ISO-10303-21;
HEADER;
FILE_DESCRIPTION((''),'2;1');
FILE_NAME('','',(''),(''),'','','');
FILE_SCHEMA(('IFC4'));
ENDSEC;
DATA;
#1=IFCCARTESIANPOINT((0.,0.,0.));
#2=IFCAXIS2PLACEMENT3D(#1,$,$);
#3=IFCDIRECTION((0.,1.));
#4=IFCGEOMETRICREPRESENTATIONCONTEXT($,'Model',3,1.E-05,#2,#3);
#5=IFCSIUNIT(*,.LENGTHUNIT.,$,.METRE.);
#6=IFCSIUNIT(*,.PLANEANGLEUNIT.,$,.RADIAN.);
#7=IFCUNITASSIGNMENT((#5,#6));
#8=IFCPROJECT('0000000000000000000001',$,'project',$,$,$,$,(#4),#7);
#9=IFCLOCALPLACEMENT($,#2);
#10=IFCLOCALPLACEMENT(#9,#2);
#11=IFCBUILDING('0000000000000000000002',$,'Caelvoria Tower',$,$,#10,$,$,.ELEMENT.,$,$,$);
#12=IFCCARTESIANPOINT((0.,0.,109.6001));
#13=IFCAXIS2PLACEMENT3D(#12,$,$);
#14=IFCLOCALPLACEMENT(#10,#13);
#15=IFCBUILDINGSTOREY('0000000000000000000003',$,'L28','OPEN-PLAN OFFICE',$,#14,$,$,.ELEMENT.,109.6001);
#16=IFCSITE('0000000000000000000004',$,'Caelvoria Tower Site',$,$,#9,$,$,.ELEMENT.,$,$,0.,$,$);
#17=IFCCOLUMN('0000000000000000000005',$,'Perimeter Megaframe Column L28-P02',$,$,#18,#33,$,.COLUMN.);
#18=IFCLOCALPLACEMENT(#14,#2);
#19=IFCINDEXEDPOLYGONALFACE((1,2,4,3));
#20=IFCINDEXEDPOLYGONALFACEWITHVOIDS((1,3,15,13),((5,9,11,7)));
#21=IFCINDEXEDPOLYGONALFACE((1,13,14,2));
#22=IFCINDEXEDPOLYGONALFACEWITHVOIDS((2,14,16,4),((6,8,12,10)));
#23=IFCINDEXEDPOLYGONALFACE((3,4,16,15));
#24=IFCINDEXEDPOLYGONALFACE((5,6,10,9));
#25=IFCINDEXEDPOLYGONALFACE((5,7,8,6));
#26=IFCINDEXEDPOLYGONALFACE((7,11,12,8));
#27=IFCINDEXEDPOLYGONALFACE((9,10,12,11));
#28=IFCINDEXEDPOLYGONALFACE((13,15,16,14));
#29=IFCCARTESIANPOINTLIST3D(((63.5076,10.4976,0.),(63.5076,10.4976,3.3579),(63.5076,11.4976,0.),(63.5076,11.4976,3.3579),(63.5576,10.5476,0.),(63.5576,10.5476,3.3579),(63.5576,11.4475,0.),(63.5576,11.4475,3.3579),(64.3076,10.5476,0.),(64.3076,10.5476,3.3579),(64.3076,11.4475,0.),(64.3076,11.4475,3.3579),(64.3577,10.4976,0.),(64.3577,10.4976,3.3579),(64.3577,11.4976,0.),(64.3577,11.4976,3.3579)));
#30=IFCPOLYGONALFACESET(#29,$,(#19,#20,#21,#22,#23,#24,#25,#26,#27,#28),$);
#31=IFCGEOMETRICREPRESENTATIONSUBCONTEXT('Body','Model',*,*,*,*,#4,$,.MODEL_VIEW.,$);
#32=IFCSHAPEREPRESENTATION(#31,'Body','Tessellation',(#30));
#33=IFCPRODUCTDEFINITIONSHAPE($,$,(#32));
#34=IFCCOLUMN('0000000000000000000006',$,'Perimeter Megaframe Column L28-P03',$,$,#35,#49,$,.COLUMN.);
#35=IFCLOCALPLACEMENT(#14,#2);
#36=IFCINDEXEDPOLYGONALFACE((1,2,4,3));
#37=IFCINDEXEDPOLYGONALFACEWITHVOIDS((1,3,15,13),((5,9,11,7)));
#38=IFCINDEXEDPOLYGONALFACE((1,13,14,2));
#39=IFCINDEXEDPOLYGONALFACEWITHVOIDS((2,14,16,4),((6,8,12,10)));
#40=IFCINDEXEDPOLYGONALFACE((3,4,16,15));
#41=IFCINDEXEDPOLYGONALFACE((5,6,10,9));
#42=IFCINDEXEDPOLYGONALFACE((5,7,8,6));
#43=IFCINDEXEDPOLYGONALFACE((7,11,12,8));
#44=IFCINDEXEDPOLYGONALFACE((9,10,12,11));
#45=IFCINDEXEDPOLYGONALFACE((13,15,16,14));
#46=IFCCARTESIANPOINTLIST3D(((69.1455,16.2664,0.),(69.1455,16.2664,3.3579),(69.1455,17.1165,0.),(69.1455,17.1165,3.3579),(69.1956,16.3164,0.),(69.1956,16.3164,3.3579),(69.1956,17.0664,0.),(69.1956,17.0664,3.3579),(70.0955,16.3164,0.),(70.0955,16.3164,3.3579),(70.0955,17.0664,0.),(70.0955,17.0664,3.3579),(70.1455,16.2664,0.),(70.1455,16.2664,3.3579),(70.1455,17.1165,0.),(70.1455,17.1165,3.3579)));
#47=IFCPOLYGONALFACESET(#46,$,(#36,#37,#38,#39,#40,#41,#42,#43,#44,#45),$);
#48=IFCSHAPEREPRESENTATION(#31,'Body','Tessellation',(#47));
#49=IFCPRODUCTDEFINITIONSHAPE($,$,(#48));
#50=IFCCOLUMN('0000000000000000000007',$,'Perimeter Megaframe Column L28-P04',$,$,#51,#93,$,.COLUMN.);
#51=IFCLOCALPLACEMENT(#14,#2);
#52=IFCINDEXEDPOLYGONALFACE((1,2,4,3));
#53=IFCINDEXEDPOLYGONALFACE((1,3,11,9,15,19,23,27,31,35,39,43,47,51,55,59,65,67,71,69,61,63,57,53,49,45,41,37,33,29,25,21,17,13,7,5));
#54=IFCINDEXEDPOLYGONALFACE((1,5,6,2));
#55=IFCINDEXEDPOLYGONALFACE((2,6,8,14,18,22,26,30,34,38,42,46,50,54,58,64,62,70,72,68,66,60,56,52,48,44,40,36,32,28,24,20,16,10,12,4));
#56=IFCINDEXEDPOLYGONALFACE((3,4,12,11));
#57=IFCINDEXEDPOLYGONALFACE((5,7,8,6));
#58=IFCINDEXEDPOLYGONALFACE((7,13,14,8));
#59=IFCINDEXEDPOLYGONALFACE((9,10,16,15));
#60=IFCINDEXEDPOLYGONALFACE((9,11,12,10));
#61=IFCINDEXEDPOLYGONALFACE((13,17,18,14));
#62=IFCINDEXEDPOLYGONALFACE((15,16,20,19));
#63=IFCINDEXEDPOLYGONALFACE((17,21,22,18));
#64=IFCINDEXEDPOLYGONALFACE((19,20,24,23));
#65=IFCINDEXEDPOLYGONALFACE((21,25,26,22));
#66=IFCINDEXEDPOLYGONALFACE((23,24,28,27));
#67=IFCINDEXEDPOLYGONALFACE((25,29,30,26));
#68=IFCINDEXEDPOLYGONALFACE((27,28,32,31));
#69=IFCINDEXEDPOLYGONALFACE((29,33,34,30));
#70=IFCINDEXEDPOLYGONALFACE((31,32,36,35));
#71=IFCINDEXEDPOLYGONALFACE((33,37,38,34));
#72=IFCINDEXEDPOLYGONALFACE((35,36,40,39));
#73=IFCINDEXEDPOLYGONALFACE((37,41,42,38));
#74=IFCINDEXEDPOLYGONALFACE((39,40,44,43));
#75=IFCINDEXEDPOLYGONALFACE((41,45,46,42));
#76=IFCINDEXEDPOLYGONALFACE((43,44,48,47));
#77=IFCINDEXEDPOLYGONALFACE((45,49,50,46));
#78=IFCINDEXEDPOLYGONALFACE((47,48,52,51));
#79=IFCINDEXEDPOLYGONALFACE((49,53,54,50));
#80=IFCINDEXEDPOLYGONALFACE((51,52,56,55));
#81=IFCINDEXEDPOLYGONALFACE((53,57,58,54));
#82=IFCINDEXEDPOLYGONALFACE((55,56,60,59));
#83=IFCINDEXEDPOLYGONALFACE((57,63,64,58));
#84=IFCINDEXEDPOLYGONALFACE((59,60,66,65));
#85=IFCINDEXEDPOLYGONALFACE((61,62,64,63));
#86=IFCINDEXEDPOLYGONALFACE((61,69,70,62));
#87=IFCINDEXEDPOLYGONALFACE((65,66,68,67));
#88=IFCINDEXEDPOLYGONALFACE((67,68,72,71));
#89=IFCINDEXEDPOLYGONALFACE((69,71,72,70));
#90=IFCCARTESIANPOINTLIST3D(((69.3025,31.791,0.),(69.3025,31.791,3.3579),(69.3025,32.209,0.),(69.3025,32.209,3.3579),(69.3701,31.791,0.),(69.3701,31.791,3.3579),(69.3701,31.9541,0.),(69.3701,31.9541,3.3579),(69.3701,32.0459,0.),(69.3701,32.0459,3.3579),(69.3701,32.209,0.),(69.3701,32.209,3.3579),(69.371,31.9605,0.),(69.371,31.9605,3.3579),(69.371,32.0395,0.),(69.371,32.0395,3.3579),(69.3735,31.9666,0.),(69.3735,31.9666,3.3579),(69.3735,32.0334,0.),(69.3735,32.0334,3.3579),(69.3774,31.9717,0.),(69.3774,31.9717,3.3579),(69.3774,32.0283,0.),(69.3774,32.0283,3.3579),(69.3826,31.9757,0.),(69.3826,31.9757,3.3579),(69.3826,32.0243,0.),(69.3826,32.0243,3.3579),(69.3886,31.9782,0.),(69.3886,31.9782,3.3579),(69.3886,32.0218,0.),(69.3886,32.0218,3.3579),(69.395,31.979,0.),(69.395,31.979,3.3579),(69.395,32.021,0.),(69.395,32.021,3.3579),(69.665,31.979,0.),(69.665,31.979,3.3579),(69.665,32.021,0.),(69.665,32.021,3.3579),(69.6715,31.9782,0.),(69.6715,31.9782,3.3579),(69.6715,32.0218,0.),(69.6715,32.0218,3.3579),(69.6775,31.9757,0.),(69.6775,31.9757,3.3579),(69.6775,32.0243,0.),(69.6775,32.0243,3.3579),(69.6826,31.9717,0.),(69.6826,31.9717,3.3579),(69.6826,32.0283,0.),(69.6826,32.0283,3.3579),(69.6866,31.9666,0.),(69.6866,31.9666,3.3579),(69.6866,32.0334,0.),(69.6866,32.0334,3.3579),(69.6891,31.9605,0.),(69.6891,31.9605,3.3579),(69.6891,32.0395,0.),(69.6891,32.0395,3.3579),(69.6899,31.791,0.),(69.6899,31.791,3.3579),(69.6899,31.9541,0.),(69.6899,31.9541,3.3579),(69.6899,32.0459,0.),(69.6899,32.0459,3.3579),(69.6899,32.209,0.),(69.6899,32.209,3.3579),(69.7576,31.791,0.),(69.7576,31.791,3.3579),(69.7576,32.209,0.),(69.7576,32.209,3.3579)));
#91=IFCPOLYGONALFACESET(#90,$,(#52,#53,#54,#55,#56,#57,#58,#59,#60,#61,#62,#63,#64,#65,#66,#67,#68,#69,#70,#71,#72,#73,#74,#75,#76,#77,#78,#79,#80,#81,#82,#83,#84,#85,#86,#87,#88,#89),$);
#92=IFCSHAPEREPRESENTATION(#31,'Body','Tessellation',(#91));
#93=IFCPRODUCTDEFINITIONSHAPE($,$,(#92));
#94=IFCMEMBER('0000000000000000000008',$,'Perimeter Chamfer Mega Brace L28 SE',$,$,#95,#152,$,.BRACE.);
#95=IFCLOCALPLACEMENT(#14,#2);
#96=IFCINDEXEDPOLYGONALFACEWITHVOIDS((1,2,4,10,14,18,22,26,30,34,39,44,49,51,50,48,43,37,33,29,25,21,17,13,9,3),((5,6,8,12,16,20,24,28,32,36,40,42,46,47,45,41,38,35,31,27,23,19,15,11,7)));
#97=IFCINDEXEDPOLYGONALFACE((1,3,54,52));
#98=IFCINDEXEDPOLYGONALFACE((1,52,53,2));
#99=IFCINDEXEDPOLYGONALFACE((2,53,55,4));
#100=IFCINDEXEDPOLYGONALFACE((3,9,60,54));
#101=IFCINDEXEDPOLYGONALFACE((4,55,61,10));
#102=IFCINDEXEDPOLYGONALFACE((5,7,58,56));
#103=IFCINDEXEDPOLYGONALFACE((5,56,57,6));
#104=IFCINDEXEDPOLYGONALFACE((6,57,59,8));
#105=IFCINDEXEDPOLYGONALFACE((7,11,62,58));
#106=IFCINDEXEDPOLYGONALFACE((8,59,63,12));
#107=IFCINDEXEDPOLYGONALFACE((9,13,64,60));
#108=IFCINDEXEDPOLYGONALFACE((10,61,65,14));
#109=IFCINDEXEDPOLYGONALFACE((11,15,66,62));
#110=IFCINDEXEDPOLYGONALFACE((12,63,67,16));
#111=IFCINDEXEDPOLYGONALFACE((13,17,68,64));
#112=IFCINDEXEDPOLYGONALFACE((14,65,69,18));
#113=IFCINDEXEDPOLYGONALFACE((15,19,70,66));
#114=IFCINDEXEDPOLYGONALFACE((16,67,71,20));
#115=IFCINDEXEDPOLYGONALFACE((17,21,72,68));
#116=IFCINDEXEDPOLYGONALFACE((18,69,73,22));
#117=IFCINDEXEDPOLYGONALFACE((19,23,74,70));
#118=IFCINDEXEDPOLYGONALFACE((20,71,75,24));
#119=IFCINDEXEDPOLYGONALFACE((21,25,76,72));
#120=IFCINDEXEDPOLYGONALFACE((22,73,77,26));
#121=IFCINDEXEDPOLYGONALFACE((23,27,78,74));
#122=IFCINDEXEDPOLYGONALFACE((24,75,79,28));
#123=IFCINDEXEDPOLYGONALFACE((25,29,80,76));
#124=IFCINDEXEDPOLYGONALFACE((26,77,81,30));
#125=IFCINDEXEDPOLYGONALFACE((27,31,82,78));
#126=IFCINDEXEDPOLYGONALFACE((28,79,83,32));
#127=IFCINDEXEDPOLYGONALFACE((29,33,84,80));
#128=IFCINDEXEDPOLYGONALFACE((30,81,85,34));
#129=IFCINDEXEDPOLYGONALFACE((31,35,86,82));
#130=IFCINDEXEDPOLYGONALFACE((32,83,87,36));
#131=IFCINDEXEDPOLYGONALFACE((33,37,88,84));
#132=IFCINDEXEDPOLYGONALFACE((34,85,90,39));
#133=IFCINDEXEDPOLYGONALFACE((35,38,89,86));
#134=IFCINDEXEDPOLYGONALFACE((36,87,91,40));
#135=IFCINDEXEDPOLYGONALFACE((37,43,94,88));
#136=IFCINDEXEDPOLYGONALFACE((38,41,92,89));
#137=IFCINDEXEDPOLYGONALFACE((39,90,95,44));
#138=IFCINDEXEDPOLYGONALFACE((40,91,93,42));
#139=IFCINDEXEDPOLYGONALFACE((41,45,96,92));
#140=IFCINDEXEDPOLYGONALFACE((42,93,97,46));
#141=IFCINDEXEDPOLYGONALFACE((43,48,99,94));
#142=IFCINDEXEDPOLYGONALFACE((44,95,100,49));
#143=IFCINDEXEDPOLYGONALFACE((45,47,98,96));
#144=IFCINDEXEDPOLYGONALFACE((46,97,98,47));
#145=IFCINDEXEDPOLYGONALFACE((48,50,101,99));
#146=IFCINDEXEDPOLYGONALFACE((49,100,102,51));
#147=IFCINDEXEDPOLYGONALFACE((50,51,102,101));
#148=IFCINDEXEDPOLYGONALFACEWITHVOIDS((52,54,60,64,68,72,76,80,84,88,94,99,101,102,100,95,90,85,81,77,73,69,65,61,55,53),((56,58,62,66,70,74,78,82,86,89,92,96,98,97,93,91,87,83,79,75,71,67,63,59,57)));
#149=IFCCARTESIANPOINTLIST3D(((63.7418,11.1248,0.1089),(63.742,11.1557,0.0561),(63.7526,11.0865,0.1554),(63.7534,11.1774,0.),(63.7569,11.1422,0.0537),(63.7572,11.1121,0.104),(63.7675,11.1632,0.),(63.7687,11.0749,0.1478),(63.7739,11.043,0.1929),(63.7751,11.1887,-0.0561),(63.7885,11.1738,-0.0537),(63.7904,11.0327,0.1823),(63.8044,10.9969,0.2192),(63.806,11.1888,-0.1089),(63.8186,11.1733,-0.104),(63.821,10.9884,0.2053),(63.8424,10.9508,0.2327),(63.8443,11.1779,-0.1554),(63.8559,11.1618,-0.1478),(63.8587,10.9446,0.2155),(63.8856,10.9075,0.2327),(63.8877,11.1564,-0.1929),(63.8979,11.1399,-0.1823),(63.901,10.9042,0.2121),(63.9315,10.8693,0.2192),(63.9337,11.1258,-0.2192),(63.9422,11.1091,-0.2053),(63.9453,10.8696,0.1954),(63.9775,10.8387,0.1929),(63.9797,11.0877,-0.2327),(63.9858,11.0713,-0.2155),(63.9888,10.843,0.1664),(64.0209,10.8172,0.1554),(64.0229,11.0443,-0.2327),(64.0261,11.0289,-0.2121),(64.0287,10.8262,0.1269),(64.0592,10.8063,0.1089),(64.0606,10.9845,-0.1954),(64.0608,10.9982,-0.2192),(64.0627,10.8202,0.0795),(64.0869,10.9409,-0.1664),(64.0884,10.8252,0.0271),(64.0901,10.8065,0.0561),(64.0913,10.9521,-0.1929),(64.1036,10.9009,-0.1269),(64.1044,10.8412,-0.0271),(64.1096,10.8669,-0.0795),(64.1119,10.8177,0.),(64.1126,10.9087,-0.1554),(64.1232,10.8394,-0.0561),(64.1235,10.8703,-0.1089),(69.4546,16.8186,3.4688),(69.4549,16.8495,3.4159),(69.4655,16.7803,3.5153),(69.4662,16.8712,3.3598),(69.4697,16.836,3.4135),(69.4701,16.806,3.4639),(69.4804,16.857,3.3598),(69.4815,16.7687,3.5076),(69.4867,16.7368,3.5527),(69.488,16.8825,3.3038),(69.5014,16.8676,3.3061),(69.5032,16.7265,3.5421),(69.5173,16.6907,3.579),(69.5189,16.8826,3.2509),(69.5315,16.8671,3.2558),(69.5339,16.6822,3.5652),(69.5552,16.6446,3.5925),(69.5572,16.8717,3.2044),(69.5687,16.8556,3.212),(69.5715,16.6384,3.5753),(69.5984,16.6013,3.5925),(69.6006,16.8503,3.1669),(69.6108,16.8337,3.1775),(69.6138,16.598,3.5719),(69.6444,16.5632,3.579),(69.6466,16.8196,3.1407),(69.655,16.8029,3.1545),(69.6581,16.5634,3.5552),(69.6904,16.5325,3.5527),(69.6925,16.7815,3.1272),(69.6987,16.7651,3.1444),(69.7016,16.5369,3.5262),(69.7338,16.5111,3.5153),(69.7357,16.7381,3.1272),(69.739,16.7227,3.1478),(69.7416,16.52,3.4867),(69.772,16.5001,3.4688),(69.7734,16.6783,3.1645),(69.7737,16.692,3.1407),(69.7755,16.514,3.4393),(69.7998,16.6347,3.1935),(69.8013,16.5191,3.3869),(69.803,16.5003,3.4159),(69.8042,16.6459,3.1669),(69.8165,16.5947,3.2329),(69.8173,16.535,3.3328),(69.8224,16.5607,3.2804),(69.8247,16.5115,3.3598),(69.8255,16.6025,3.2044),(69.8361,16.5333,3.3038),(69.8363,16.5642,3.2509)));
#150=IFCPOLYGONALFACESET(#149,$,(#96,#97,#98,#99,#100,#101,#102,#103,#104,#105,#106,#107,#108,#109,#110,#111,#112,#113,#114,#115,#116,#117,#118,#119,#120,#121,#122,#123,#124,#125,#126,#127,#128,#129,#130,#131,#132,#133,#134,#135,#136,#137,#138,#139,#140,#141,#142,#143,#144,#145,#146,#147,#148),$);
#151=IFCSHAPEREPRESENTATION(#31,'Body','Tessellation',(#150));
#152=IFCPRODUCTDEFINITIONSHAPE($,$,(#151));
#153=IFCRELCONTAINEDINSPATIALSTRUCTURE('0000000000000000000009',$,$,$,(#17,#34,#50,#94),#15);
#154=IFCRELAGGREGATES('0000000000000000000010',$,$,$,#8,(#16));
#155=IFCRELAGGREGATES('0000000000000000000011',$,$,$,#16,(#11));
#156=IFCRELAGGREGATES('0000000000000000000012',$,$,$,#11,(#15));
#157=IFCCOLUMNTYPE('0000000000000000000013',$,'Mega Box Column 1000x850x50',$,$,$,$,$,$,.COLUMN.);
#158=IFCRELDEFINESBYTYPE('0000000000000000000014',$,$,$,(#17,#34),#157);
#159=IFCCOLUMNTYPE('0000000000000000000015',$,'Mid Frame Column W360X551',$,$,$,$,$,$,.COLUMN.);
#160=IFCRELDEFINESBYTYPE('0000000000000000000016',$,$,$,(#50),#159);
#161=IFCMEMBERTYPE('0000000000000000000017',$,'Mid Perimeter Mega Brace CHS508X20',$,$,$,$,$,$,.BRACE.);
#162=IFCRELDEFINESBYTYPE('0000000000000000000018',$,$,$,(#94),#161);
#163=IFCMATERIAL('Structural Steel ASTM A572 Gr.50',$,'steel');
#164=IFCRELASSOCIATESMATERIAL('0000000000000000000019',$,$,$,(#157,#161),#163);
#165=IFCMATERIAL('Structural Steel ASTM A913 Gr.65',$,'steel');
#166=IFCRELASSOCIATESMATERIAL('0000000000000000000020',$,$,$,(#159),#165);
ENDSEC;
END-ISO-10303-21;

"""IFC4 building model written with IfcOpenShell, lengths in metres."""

from ifc_helpers import new_model, si_unit, direction, frame, origin, origin_2d, place, context, subcontext, project, spatial, hollow_rectangle, hollow_circle, i_section, extrude, material, material_profile, profile_set, type_object, element, save


model = new_model("IFC4")

# Units and contexts
model_context = context("Model", 3, precision=1e-05, world=origin(), true_north=direction((0.0, 1.0)))
body_context = subcontext(model_context, "Body", "Model", "MODEL_VIEW")
ifc_project = project(units=[si_unit("LENGTHUNIT", "METRE"), si_unit("PLANEANGLEUNIT", "RADIAN")], contexts=[model_context])

# Site, building, storey
site_placement = place(None, origin())
site = spatial("IfcSite", under=ifc_project, at=site_placement, Name="Caelvoria Tower Site", CompositionType="ELEMENT", RefElevation=0.0)
building_placement = place(site_placement, origin())
building = spatial("IfcBuilding", under=site, at=building_placement, Name="Caelvoria Tower", CompositionType="ELEMENT")
storey_placement = place(building_placement, frame((0.0, 0.0, 109.6001)))
storey = spatial("IfcBuildingStorey", under=building, at=storey_placement, Name="L28", Description="OPEN-PLAN OFFICE", CompositionType="ELEMENT", Elevation=109.6001)

# Columns
ifc_material_1 = material(Name="Structural Steel ASTM A572 Gr.50", Category="steel")
ifc_material_profile_1 = material_profile(ifc_material_1, hollow_rectangle(XDim=0.8501, YDim=1.0, WallThickness=0.05, at=origin_2d()), Name="Structural Steel ASTM A572 Gr.50")
ifc_profile_set_1 = profile_set([ifc_material_profile_1], Name="BOX1000X850X50 - Structural Steel ASTM A572 Gr.50")
column_type_1 = type_object("IfcColumnType", Name="Mega Box Column 1000x850x50", PredefinedType="COLUMN", material=ifc_profile_set_1)
for number, where, z_axis, x_axis, name in (
    (1, (63.9326, 10.9976, 0.0), (0.0, 0.0, 1.0), (1.0, 0.0, 0.0), "Perimeter Megaframe Column L28-P02"),
    (2, (69.6455, 16.6914, 0.0), (0.0, 0.0, 1.0), (0.0, 1.0, 0.0), "Perimeter Megaframe Column L28-P03"),
):
    element("IfcColumn", number, at=place(storey_placement, frame(where, z_axis=z_axis, x_axis=x_axis)), inside=storey, type_object=column_type_1, Name=name, PredefinedType="COLUMN", context=body_context, shape_type="SweptSolid", body=[
        extrude(hollow_rectangle(XDim=0.8501, YDim=1.0, WallThickness=0.05, at=origin_2d()), origin(), (0.0, 0.0, 1.0), 3.3579),
    ])
ifc_material_2 = material(Name="Structural Steel ASTM A913 Gr.65", Category="steel")
ifc_material_profile_2 = material_profile(ifc_material_2, i_section(OverallWidth=0.418, OverallDepth=0.4551, WebThickness=0.042, FlangeThickness=0.0676, FilletRadius=0.0249, at=origin_2d()), Name="Structural Steel ASTM A913 Gr.65")
ifc_profile_set_2 = profile_set([ifc_material_profile_2], Name="W360X551 - Structural Steel ASTM A913 Gr.65")
column_type_2 = type_object("IfcColumnType", Name="Mid Frame Column W360X551", PredefinedType="COLUMN", material=ifc_profile_set_2)
column_placement = place(storey_placement, frame((69.53, 32.0, 0.0), z_axis=(0.0, 0.0, 1.0), x_axis=(0.0, 1.0, 0.0)))
element("IfcColumn", 3, at=column_placement, inside=storey, type_object=column_type_2, Name="Perimeter Megaframe Column L28-P04", PredefinedType="COLUMN", context=body_context, shape_type="SweptSolid", body=[
    extrude(i_section(OverallWidth=0.418, OverallDepth=0.4551, WebThickness=0.042, FlangeThickness=0.0676, FilletRadius=0.0249, at=origin_2d()), origin(), (0.0, 0.0, 1.0), 3.3579),
])

# Member
ifc_material_profile_3 = material_profile(ifc_material_1, hollow_circle(Radius=0.2539, WallThickness=0.02, at=origin_2d()), Name="Structural Steel ASTM A572 Gr.50")
ifc_profile_set_3 = profile_set([ifc_material_profile_3], Name="CHS508X20 - Structural Steel ASTM A572 Gr.50")
member_type = type_object("IfcMemberType", Name="Mid Perimeter Mega Brace CHS508X20", PredefinedType="BRACE", material=ifc_profile_set_3)
member_placement = place(storey_placement, frame((63.9326, 10.9976, 0.0), z_axis=(0.653828, 0.651649, 0.384529), x_axis=(-0.705925, 0.708286, 0.0)))
element("IfcMember", 4, at=member_placement, inside=storey, type_object=member_type, Name="Perimeter Chamfer Mega Brace L28 SE", PredefinedType="BRACE", context=body_context, shape_type="SweptSolid", body=[
    extrude(hollow_circle(Radius=0.2539, WallThickness=0.02, at=origin_2d()), origin(), (0.0, 0.0, 1.0), 8.7375),
])

save(model, "model.ifc")
